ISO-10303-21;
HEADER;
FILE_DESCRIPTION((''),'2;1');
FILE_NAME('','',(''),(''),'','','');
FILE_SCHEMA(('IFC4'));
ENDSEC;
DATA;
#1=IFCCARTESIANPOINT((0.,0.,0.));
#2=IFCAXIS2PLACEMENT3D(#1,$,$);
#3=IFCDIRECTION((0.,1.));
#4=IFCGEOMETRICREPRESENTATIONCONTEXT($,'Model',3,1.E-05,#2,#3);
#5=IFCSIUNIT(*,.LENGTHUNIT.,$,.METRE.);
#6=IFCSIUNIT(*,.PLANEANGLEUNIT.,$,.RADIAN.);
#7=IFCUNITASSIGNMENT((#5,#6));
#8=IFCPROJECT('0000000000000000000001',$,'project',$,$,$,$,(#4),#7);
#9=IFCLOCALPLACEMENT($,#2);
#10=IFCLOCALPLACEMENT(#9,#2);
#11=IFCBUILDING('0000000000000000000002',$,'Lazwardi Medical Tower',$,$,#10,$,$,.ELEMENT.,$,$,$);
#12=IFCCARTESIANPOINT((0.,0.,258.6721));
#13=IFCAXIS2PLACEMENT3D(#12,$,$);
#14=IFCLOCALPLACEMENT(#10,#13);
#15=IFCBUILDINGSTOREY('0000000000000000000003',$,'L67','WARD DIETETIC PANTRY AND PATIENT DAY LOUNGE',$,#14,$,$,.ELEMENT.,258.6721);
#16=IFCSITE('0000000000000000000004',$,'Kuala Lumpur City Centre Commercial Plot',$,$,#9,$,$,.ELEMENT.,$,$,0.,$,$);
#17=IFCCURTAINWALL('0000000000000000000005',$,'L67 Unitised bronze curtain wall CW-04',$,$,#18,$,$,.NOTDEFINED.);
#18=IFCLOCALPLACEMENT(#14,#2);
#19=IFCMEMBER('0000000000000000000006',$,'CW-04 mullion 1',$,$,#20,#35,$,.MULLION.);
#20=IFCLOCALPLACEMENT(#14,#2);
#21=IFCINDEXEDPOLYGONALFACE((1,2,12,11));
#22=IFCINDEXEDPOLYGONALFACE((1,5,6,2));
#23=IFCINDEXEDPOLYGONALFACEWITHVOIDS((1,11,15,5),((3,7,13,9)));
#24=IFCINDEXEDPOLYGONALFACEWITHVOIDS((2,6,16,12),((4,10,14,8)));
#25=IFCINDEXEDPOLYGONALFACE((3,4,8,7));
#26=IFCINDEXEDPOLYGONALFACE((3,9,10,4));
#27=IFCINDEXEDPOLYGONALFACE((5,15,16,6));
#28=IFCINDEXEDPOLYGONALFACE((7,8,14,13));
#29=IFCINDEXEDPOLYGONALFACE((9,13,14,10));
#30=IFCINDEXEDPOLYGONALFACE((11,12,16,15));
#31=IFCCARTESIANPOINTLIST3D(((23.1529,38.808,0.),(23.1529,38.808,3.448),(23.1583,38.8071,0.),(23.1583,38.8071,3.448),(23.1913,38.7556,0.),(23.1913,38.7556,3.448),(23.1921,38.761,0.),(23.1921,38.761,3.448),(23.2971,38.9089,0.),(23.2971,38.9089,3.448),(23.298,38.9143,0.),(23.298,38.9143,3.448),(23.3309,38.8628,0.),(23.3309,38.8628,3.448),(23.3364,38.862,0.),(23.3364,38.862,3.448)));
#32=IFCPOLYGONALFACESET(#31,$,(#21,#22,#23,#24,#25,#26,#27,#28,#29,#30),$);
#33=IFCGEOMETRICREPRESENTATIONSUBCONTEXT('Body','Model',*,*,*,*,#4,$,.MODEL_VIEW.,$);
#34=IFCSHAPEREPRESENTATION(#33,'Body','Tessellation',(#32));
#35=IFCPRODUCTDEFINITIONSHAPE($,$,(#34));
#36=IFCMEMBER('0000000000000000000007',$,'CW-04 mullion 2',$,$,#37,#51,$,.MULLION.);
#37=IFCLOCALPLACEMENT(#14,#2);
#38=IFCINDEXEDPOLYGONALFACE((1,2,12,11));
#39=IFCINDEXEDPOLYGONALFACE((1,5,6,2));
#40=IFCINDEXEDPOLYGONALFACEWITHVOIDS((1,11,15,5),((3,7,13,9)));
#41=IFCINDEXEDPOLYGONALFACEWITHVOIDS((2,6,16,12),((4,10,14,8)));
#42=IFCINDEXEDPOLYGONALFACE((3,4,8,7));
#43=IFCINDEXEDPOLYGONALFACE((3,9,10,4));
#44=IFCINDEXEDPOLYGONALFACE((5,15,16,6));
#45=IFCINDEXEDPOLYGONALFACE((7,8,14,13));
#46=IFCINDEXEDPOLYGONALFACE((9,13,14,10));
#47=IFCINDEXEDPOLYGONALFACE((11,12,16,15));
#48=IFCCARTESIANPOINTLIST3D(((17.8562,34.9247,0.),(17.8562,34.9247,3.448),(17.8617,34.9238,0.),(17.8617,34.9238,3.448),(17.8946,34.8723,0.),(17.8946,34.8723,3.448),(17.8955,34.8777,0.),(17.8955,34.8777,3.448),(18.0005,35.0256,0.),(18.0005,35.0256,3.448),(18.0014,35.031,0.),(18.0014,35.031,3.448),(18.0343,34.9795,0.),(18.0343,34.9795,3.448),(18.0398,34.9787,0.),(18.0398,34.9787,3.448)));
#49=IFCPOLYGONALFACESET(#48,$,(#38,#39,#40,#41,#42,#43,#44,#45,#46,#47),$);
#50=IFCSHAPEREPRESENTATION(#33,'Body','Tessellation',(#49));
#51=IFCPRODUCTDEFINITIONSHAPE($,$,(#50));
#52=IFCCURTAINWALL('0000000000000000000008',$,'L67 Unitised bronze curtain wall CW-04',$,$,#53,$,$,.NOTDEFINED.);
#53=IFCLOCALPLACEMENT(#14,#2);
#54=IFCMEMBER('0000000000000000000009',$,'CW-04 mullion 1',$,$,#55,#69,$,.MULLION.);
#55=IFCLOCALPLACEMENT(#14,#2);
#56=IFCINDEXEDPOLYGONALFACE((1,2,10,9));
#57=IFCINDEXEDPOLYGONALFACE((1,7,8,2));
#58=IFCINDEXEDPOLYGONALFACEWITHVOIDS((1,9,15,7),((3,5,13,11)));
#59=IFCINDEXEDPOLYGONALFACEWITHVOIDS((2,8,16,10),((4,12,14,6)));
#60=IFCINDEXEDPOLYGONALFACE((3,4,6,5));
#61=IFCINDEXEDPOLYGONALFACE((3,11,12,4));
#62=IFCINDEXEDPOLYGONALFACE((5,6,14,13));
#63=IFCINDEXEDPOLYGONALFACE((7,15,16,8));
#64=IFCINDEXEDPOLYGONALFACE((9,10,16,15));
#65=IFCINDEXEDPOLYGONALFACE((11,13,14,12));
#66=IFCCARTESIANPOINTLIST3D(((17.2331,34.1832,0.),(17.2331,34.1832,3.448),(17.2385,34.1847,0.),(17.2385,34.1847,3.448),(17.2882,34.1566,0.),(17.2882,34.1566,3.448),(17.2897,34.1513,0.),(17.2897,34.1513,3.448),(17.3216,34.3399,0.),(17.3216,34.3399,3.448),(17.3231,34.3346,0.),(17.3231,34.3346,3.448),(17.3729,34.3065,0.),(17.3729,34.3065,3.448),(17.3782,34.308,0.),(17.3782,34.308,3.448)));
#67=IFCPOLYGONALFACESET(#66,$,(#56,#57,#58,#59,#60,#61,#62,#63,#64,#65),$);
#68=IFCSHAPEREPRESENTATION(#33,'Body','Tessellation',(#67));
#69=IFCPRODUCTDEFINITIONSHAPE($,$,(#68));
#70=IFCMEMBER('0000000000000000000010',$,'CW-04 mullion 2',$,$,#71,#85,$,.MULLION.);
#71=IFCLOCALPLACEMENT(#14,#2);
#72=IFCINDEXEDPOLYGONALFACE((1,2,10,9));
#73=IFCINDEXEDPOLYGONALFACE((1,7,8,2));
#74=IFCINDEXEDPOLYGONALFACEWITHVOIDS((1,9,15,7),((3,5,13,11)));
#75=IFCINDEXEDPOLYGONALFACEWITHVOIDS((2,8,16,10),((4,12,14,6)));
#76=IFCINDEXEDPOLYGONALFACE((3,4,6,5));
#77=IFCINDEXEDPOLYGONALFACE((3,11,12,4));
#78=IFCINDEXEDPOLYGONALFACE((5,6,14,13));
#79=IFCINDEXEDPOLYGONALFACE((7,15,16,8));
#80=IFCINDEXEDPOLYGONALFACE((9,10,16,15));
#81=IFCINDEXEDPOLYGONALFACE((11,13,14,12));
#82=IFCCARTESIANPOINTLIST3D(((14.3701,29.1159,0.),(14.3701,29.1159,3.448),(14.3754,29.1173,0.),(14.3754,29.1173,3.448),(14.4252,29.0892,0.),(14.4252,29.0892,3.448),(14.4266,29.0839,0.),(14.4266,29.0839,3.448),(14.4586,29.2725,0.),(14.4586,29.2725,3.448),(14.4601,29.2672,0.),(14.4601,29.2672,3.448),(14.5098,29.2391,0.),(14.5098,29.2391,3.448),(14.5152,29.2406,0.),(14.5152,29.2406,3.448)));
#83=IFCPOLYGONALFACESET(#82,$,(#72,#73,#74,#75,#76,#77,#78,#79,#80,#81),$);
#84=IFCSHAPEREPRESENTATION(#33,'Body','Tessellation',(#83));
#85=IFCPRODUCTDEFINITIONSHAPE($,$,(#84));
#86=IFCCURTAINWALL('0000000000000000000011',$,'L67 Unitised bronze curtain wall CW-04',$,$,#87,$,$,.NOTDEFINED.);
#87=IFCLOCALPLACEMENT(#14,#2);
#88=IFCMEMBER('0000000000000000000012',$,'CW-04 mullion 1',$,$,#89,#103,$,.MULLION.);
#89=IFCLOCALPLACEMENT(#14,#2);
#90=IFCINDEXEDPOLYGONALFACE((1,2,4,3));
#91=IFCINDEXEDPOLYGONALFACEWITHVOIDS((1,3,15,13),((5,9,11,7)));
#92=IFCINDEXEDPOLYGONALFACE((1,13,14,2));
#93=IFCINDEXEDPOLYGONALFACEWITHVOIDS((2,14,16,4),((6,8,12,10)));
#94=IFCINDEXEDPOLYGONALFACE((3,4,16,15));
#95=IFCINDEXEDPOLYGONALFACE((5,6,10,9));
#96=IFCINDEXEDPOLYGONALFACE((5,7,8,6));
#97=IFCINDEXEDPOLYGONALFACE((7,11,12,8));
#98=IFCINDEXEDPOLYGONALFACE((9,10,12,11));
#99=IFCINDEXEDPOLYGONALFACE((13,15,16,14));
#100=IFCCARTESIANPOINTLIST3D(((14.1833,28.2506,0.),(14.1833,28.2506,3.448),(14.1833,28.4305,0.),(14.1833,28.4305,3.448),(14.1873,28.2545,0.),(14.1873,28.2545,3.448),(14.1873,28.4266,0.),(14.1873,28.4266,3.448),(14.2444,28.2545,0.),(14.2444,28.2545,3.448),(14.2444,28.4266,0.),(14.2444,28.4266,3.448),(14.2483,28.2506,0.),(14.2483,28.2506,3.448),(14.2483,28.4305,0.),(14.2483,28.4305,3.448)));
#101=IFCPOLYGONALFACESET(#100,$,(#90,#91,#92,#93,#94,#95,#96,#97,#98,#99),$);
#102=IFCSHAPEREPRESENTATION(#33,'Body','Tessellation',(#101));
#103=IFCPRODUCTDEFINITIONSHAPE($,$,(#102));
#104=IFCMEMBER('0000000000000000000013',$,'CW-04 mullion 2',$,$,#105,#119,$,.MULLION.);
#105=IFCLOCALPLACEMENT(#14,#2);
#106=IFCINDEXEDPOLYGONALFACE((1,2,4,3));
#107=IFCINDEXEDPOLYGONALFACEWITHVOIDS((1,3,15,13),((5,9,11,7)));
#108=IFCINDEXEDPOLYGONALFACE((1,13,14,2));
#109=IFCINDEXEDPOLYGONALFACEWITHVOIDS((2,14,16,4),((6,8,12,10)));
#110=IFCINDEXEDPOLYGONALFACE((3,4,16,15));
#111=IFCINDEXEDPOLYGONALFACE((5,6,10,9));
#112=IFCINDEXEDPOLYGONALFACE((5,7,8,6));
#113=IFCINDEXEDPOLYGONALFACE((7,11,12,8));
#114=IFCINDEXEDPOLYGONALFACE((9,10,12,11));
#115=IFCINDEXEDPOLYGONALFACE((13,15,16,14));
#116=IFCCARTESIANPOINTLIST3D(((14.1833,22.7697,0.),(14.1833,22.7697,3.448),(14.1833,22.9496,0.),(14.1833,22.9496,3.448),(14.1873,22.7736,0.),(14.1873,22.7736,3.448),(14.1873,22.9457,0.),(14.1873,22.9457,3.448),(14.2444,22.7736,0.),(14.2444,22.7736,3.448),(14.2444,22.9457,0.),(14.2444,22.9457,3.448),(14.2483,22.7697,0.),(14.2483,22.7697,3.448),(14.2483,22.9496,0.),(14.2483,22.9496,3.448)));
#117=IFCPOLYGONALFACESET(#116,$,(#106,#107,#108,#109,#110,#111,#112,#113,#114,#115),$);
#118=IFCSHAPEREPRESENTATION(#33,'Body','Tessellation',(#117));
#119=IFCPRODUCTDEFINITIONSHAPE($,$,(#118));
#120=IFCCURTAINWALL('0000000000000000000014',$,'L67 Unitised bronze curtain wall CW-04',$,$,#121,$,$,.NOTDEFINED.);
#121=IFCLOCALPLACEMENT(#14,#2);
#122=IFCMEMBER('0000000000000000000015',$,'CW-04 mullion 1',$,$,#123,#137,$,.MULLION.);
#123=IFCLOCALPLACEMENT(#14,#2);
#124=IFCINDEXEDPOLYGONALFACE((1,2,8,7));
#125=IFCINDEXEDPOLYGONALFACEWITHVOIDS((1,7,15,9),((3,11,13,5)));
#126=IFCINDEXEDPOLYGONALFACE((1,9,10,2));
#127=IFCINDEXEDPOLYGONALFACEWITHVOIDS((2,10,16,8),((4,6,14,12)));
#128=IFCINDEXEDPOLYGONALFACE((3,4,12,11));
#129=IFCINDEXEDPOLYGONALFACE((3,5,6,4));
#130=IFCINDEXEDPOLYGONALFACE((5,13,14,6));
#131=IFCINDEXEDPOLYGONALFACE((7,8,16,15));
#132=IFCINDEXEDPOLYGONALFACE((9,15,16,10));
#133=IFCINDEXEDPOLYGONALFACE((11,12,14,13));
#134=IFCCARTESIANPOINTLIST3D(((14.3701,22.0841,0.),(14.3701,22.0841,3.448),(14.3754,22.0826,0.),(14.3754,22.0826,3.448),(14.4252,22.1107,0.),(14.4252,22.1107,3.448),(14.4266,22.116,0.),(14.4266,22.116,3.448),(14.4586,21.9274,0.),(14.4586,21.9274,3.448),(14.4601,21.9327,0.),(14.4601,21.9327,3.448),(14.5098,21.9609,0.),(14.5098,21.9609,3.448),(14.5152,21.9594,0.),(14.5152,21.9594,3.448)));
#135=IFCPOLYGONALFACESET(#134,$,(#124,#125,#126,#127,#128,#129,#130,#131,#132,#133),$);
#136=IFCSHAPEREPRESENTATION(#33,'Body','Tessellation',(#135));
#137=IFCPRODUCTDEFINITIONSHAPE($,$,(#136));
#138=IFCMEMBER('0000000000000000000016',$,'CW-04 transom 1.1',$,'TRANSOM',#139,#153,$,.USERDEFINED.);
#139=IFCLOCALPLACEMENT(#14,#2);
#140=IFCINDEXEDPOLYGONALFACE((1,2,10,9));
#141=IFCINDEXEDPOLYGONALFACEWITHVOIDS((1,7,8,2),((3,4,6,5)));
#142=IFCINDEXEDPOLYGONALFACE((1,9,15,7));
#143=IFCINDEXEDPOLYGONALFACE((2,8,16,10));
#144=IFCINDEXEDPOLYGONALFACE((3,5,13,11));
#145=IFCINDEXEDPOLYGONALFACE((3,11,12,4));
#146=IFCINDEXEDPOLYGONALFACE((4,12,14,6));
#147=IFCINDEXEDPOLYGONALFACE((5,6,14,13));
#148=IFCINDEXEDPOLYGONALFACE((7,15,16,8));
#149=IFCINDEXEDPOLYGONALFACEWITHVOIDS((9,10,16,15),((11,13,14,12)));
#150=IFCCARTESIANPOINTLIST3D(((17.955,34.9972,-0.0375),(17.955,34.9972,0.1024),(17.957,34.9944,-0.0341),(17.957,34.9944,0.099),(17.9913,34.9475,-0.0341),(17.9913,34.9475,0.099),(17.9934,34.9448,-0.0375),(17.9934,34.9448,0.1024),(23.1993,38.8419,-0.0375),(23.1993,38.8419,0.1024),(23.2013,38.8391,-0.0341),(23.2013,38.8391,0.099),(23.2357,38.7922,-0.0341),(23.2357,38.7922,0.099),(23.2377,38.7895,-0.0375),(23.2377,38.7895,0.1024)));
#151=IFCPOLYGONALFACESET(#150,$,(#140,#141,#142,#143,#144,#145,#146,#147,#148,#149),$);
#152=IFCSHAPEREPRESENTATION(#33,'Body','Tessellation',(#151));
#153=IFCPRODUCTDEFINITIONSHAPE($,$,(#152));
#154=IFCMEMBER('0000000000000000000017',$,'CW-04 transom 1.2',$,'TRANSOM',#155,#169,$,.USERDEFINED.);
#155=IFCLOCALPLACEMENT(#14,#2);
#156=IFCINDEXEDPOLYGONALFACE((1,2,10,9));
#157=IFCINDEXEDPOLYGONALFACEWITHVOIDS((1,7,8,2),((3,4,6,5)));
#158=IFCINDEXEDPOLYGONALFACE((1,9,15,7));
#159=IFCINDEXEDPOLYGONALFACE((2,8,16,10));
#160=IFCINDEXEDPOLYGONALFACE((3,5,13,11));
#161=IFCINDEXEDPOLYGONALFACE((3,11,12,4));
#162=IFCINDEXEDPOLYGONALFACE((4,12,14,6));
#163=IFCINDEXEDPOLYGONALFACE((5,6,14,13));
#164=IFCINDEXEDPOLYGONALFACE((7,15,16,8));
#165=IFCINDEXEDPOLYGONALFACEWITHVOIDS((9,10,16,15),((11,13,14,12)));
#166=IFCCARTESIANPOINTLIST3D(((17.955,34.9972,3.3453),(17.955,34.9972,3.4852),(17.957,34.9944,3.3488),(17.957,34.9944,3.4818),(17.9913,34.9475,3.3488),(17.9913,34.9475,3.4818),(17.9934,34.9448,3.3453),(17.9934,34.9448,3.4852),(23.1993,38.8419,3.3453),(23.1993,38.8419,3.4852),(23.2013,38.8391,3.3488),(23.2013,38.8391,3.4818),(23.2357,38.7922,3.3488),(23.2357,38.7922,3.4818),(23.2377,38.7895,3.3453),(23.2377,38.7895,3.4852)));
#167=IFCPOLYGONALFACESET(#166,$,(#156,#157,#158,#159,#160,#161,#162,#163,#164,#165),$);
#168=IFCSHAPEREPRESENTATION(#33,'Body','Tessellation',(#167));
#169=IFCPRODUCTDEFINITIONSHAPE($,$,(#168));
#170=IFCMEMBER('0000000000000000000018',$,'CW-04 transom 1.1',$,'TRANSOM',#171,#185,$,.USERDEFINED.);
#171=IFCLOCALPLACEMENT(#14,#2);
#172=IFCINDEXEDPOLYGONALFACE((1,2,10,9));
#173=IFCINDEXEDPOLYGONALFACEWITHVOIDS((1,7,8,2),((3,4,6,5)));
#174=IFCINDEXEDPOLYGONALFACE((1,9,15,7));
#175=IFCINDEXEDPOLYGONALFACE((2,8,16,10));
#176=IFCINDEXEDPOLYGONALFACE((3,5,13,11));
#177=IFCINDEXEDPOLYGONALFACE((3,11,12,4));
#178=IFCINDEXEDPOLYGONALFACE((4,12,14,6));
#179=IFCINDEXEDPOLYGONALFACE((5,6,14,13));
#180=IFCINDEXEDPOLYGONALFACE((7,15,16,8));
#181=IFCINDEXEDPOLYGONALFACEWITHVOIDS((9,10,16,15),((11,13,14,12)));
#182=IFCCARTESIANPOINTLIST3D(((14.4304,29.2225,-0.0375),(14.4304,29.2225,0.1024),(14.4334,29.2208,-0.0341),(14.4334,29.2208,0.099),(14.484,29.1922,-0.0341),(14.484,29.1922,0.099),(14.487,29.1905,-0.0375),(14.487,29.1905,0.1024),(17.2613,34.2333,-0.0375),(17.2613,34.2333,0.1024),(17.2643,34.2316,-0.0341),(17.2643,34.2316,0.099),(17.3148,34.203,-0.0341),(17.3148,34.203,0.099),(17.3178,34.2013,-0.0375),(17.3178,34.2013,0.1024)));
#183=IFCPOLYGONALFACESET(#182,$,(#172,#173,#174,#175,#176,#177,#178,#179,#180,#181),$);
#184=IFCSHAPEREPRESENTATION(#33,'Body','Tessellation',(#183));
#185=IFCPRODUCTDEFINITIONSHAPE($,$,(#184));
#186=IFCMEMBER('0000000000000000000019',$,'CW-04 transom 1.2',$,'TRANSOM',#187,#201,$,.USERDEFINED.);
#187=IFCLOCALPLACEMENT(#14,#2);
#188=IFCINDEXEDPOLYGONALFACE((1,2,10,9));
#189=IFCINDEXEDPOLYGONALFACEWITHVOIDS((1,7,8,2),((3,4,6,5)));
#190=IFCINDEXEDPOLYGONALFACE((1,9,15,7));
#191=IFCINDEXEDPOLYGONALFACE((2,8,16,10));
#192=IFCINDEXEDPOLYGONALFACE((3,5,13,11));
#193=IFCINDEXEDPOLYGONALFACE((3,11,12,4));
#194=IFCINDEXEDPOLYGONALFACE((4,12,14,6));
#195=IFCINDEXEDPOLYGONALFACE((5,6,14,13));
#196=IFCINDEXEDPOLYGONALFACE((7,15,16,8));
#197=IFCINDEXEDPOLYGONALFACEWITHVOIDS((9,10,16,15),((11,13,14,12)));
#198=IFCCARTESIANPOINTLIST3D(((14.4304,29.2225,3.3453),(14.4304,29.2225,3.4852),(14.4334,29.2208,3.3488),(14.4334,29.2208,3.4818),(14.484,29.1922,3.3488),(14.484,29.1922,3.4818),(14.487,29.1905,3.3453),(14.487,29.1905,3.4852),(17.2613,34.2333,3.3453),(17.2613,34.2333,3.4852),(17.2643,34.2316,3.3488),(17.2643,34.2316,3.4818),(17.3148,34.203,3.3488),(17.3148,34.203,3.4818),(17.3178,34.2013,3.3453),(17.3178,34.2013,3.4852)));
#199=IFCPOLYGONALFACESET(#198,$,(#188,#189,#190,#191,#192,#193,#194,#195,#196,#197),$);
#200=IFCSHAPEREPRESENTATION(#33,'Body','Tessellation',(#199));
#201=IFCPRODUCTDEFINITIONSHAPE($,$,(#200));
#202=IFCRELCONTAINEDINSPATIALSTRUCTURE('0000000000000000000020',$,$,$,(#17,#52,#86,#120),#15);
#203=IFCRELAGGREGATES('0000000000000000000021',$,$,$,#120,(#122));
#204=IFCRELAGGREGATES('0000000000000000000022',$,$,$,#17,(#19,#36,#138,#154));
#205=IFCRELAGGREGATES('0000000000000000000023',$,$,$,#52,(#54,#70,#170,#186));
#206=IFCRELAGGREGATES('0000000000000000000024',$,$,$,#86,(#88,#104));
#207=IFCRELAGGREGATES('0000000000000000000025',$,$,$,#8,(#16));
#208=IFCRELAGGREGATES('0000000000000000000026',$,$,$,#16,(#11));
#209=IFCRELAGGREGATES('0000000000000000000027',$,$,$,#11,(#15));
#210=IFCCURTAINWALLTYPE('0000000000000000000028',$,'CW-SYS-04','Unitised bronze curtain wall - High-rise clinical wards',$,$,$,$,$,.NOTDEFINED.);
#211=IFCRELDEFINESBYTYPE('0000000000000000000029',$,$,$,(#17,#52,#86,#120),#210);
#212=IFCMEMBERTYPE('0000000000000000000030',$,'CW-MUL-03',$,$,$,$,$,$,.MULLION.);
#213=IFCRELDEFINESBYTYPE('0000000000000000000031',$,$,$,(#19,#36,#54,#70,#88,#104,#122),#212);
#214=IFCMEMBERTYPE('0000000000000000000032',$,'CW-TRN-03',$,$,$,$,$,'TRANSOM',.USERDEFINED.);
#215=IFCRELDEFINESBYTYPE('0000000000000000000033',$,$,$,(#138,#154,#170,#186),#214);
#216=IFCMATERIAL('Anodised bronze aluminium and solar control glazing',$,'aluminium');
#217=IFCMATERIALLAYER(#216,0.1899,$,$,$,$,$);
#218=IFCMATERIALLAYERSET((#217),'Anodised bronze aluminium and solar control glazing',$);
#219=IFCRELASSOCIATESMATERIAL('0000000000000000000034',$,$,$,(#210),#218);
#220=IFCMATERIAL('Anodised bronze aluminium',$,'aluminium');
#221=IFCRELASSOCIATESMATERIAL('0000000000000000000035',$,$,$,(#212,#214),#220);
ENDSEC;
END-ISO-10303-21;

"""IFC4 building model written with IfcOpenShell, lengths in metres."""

from ifc_helpers import new_model, si_unit, direction, frame, origin, origin_2d, place, context, subcontext, project, spatial, hollow_rectangle, extrude, material, layer, layer_set, material_profile, profile_set, type_object, element, aggregate, save


model = new_model("IFC4")

# Units and contexts
model_context = context("Model", 3, precision=1e-05, world=origin(), true_north=direction((0.0, 1.0)))
body_context = subcontext(model_context, "Body", "Model", "MODEL_VIEW")
ifc_project = project(units=[si_unit("LENGTHUNIT", "METRE"), si_unit("PLANEANGLEUNIT", "RADIAN")], contexts=[model_context])

# Site, building, storey
site_placement = place(None, origin())
site = spatial("IfcSite", under=ifc_project, at=site_placement, Name="Kuala Lumpur City Centre Commercial Plot", CompositionType="ELEMENT", RefElevation=0.0)
building_placement = place(site_placement, origin())
building = spatial("IfcBuilding", under=site, at=building_placement, Name="Lazwardi Medical Tower", CompositionType="ELEMENT")
storey_placement = place(building_placement, frame((0.0, 0.0, 258.6721)))
storey = spatial("IfcBuildingStorey", under=building, at=storey_placement, Name="L67", Description="WARD DIETETIC PANTRY AND PATIENT DAY LOUNGE", CompositionType="ELEMENT", Elevation=258.6721)

# Curtain walls, members
ifc_material_1 = material(Name="Anodised bronze aluminium and solar control glazing", Category="aluminium")
ifc_layer_1 = layer(ifc_material_1, 0.1899)
ifc_layer_set_1 = layer_set([ifc_layer_1], Name="Anodised bronze aluminium and solar control glazing")
curtain_wall_type = type_object("IfcCurtainWallType", Name="CW-SYS-04", Description="Unitised bronze curtain wall - High-rise clinical wards", PredefinedType="NOTDEFINED", material=ifc_layer_set_1)
curtain_wall_1_placement = place(storey_placement, origin())
curtain_wall_1 = element("IfcCurtainWall", 1, at=curtain_wall_1_placement, inside=storey, type_object=curtain_wall_type, Name="L67 Unitised bronze curtain wall CW-04", PredefinedType="NOTDEFINED")
ifc_material_2 = material(Name="Anodised bronze aluminium", Category="aluminium")
ifc_material_profile_1 = material_profile(ifc_material_2, hollow_rectangle(XDim=0.0649, YDim=0.1799, WallThickness=0.0039, at=origin_2d()), Name="ALU-MULLION 180x65x4")
ifc_profile_set_1 = profile_set([ifc_material_profile_1], Name="Anodised bronze aluminium")
member_type_1 = type_object("IfcMemberType", Name="CW-MUL-03", PredefinedType="MULLION", material=ifc_profile_set_1)
member_1_placement = place(storey_placement, frame((23.2446, 38.835, 0.0), z_axis=(0.0, 0.0, 1.0), x_axis=(0.591268, -0.806475, 0.0)))
member_1 = element("IfcMember", 2, at=member_1_placement, type_object=member_type_1, Name="CW-04 mullion 1", PredefinedType="MULLION", context=body_context, shape_type="SweptSolid", body=[
    extrude(hollow_rectangle(XDim=0.0649, YDim=0.1799, WallThickness=0.0039, at=origin_2d()), origin(), (0.0, 0.0, 1.0), 3.448),
])
member_2_placement = place(storey_placement, frame((17.948, 34.9517, 0.0), z_axis=(0.0, 0.0, 1.0), x_axis=(0.591268, -0.806475, 0.0)))
member_2 = element("IfcMember", 3, at=member_2_placement, type_object=member_type_1, Name="CW-04 mullion 2", PredefinedType="MULLION", context=body_context, shape_type="SweptSolid", body=[
    extrude(hollow_rectangle(XDim=0.0649, YDim=0.1799, WallThickness=0.0039, at=origin_2d()), origin(), (0.0, 0.0, 1.0), 3.448),
])
curtain_wall_2_placement = place(storey_placement, origin())
curtain_wall_2 = element("IfcCurtainWall", 4, at=curtain_wall_2_placement, inside=storey, type_object=curtain_wall_type, Name="L67 Unitised bronze curtain wall CW-04", PredefinedType="NOTDEFINED")
member_3_placement = place(storey_placement, frame((17.3057, 34.2456, 0.0), z_axis=(0.0, 0.0, 1.0), x_axis=(0.870651, -0.4919, 0.0)))
member_3 = element("IfcMember", 5, at=member_3_placement, type_object=member_type_1, Name="CW-04 mullion 1", PredefinedType="MULLION", context=body_context, shape_type="SweptSolid", body=[
    extrude(hollow_rectangle(XDim=0.0649, YDim=0.1799, WallThickness=0.0039, at=origin_2d()), origin(), (0.0, 0.0, 1.0), 3.448),
])
member_4_placement = place(storey_placement, frame((14.4426, 29.1782, 0.0), z_axis=(0.0, 0.0, 1.0), x_axis=(0.870651, -0.4919, 0.0)))
member_4 = element("IfcMember", 6, at=member_4_placement, type_object=member_type_1, Name="CW-04 mullion 2", PredefinedType="MULLION", context=body_context, shape_type="SweptSolid", body=[
    extrude(hollow_rectangle(XDim=0.0649, YDim=0.1799, WallThickness=0.0039, at=origin_2d()), origin(), (0.0, 0.0, 1.0), 3.448),
])
curtain_wall_3_placement = place(storey_placement, origin())
curtain_wall_3 = element("IfcCurtainWall", 7, at=curtain_wall_3_placement, inside=storey, type_object=curtain_wall_type, Name="L67 Unitised bronze curtain wall CW-04", PredefinedType="NOTDEFINED")
member_5_placement = place(storey_placement, frame((14.2158, 28.3406, 0.0), z_axis=(0.0, 0.0, 1.0), x_axis=(1.0, 0.0, 0.0)))
member_5 = element("IfcMember", 8, at=member_5_placement, type_object=member_type_1, Name="CW-04 mullion 1", PredefinedType="MULLION", context=body_context, shape_type="SweptSolid", body=[
    extrude(hollow_rectangle(XDim=0.0649, YDim=0.1799, WallThickness=0.0039, at=origin_2d()), origin(), (0.0, 0.0, 1.0), 3.448),
])
member_6_placement = place(storey_placement, frame((14.2158, 22.8596, 0.0), z_axis=(0.0, 0.0, 1.0), x_axis=(1.0, 0.0, 0.0)))
member_6 = element("IfcMember", 9, at=member_6_placement, type_object=member_type_1, Name="CW-04 mullion 2", PredefinedType="MULLION", context=body_context, shape_type="SweptSolid", body=[
    extrude(hollow_rectangle(XDim=0.0649, YDim=0.1799, WallThickness=0.0039, at=origin_2d()), origin(), (0.0, 0.0, 1.0), 3.448),
])

# Curtain wall, member
curtain_wall_4_placement = place(storey_placement, origin())
curtain_wall_4 = element("IfcCurtainWall", 10, at=curtain_wall_4_placement, inside=storey, type_object=curtain_wall_type, Name="L67 Unitised bronze curtain wall CW-04", PredefinedType="NOTDEFINED")
member_7_placement = place(storey_placement, frame((14.4426, 22.0217, 0.0), z_axis=(0.0, 0.0, 1.0), x_axis=(0.870651, 0.4919, 0.0)))
member_7 = element("IfcMember", 11, at=member_7_placement, type_object=member_type_1, Name="CW-04 mullion 1", PredefinedType="MULLION", context=body_context, shape_type="SweptSolid", body=[
    extrude(hollow_rectangle(XDim=0.0649, YDim=0.1799, WallThickness=0.0039, at=origin_2d()), origin(), (0.0, 0.0, 1.0), 3.448),
])

# Members
ifc_material_profile_2 = material_profile(ifc_material_2, hollow_rectangle(XDim=0.0649, YDim=0.1399, WallThickness=0.0034, at=origin_2d()), Name="ALU-TRANSOM 140x65x3.5")
ifc_profile_set_2 = profile_set([ifc_material_profile_2], Name="Anodised bronze aluminium")
member_type_2 = type_object("IfcMemberType", Name="CW-TRN-03", ElementType="TRANSOM", PredefinedType="USERDEFINED", material=ifc_profile_set_2)
member_8_placement = place(storey_placement, frame((23.2185, 38.8157, 0.0325), z_axis=(-0.80649, -0.591248, 0.0), x_axis=(0.591248, -0.80649, 0.0)))
member_8 = element("IfcMember", 12, at=member_8_placement, type_object=member_type_2, Name="CW-04 transom 1.1", ObjectType="TRANSOM", PredefinedType="USERDEFINED", context=body_context, shape_type="SweptSolid", body=[
    extrude(hollow_rectangle(XDim=0.0649, YDim=0.1399, WallThickness=0.0034, at=origin_2d()), origin(), (0.0, 0.0, 1.0), 6.5027),
])
member_9_placement = place(storey_placement, frame((23.2185, 38.8157, 3.4153), z_axis=(-0.80649, -0.591248, 0.0), x_axis=(0.591248, -0.80649, 0.0)))
member_9 = element("IfcMember", 13, at=member_9_placement, type_object=member_type_2, Name="CW-04 transom 1.2", ObjectType="TRANSOM", PredefinedType="USERDEFINED", context=body_context, shape_type="SweptSolid", body=[
    extrude(hollow_rectangle(XDim=0.0649, YDim=0.1399, WallThickness=0.0034, at=origin_2d()), origin(), (0.0, 0.0, 1.0), 6.5027),
])
member_10_placement = place(storey_placement, frame((17.2896, 34.2173, 0.0325), z_axis=(-0.49188, -0.870663, 0.0), x_axis=(0.870663, -0.49188, 0.0)))
member_10 = element("IfcMember", 14, at=member_10_placement, type_object=member_type_2, Name="CW-04 transom 1.1", ObjectType="TRANSOM", PredefinedType="USERDEFINED", context=body_context, shape_type="SweptSolid", body=[
    extrude(hollow_rectangle(XDim=0.0649, YDim=0.1399, WallThickness=0.0034, at=origin_2d()), origin(), (0.0, 0.0, 1.0), 5.7551),
])
member_11_placement = place(storey_placement, frame((17.2896, 34.2173, 3.4153), z_axis=(-0.49188, -0.870663, 0.0), x_axis=(0.870663, -0.49188, 0.0)))
member_11 = element("IfcMember", 15, at=member_11_placement, type_object=member_type_2, Name="CW-04 transom 1.2", ObjectType="TRANSOM", PredefinedType="USERDEFINED", context=body_context, shape_type="SweptSolid", body=[
    extrude(hollow_rectangle(XDim=0.0649, YDim=0.1399, WallThickness=0.0034, at=origin_2d()), origin(), (0.0, 0.0, 1.0), 5.7551),
])
aggregate(curtain_wall_4, [member_7])

aggregate(curtain_wall_1, [member_1, member_2, member_8, member_9])
aggregate(curtain_wall_2, [member_3, member_4, member_10, member_11])
aggregate(curtain_wall_3, [member_5, member_6])

save(model, "model.ifc")
